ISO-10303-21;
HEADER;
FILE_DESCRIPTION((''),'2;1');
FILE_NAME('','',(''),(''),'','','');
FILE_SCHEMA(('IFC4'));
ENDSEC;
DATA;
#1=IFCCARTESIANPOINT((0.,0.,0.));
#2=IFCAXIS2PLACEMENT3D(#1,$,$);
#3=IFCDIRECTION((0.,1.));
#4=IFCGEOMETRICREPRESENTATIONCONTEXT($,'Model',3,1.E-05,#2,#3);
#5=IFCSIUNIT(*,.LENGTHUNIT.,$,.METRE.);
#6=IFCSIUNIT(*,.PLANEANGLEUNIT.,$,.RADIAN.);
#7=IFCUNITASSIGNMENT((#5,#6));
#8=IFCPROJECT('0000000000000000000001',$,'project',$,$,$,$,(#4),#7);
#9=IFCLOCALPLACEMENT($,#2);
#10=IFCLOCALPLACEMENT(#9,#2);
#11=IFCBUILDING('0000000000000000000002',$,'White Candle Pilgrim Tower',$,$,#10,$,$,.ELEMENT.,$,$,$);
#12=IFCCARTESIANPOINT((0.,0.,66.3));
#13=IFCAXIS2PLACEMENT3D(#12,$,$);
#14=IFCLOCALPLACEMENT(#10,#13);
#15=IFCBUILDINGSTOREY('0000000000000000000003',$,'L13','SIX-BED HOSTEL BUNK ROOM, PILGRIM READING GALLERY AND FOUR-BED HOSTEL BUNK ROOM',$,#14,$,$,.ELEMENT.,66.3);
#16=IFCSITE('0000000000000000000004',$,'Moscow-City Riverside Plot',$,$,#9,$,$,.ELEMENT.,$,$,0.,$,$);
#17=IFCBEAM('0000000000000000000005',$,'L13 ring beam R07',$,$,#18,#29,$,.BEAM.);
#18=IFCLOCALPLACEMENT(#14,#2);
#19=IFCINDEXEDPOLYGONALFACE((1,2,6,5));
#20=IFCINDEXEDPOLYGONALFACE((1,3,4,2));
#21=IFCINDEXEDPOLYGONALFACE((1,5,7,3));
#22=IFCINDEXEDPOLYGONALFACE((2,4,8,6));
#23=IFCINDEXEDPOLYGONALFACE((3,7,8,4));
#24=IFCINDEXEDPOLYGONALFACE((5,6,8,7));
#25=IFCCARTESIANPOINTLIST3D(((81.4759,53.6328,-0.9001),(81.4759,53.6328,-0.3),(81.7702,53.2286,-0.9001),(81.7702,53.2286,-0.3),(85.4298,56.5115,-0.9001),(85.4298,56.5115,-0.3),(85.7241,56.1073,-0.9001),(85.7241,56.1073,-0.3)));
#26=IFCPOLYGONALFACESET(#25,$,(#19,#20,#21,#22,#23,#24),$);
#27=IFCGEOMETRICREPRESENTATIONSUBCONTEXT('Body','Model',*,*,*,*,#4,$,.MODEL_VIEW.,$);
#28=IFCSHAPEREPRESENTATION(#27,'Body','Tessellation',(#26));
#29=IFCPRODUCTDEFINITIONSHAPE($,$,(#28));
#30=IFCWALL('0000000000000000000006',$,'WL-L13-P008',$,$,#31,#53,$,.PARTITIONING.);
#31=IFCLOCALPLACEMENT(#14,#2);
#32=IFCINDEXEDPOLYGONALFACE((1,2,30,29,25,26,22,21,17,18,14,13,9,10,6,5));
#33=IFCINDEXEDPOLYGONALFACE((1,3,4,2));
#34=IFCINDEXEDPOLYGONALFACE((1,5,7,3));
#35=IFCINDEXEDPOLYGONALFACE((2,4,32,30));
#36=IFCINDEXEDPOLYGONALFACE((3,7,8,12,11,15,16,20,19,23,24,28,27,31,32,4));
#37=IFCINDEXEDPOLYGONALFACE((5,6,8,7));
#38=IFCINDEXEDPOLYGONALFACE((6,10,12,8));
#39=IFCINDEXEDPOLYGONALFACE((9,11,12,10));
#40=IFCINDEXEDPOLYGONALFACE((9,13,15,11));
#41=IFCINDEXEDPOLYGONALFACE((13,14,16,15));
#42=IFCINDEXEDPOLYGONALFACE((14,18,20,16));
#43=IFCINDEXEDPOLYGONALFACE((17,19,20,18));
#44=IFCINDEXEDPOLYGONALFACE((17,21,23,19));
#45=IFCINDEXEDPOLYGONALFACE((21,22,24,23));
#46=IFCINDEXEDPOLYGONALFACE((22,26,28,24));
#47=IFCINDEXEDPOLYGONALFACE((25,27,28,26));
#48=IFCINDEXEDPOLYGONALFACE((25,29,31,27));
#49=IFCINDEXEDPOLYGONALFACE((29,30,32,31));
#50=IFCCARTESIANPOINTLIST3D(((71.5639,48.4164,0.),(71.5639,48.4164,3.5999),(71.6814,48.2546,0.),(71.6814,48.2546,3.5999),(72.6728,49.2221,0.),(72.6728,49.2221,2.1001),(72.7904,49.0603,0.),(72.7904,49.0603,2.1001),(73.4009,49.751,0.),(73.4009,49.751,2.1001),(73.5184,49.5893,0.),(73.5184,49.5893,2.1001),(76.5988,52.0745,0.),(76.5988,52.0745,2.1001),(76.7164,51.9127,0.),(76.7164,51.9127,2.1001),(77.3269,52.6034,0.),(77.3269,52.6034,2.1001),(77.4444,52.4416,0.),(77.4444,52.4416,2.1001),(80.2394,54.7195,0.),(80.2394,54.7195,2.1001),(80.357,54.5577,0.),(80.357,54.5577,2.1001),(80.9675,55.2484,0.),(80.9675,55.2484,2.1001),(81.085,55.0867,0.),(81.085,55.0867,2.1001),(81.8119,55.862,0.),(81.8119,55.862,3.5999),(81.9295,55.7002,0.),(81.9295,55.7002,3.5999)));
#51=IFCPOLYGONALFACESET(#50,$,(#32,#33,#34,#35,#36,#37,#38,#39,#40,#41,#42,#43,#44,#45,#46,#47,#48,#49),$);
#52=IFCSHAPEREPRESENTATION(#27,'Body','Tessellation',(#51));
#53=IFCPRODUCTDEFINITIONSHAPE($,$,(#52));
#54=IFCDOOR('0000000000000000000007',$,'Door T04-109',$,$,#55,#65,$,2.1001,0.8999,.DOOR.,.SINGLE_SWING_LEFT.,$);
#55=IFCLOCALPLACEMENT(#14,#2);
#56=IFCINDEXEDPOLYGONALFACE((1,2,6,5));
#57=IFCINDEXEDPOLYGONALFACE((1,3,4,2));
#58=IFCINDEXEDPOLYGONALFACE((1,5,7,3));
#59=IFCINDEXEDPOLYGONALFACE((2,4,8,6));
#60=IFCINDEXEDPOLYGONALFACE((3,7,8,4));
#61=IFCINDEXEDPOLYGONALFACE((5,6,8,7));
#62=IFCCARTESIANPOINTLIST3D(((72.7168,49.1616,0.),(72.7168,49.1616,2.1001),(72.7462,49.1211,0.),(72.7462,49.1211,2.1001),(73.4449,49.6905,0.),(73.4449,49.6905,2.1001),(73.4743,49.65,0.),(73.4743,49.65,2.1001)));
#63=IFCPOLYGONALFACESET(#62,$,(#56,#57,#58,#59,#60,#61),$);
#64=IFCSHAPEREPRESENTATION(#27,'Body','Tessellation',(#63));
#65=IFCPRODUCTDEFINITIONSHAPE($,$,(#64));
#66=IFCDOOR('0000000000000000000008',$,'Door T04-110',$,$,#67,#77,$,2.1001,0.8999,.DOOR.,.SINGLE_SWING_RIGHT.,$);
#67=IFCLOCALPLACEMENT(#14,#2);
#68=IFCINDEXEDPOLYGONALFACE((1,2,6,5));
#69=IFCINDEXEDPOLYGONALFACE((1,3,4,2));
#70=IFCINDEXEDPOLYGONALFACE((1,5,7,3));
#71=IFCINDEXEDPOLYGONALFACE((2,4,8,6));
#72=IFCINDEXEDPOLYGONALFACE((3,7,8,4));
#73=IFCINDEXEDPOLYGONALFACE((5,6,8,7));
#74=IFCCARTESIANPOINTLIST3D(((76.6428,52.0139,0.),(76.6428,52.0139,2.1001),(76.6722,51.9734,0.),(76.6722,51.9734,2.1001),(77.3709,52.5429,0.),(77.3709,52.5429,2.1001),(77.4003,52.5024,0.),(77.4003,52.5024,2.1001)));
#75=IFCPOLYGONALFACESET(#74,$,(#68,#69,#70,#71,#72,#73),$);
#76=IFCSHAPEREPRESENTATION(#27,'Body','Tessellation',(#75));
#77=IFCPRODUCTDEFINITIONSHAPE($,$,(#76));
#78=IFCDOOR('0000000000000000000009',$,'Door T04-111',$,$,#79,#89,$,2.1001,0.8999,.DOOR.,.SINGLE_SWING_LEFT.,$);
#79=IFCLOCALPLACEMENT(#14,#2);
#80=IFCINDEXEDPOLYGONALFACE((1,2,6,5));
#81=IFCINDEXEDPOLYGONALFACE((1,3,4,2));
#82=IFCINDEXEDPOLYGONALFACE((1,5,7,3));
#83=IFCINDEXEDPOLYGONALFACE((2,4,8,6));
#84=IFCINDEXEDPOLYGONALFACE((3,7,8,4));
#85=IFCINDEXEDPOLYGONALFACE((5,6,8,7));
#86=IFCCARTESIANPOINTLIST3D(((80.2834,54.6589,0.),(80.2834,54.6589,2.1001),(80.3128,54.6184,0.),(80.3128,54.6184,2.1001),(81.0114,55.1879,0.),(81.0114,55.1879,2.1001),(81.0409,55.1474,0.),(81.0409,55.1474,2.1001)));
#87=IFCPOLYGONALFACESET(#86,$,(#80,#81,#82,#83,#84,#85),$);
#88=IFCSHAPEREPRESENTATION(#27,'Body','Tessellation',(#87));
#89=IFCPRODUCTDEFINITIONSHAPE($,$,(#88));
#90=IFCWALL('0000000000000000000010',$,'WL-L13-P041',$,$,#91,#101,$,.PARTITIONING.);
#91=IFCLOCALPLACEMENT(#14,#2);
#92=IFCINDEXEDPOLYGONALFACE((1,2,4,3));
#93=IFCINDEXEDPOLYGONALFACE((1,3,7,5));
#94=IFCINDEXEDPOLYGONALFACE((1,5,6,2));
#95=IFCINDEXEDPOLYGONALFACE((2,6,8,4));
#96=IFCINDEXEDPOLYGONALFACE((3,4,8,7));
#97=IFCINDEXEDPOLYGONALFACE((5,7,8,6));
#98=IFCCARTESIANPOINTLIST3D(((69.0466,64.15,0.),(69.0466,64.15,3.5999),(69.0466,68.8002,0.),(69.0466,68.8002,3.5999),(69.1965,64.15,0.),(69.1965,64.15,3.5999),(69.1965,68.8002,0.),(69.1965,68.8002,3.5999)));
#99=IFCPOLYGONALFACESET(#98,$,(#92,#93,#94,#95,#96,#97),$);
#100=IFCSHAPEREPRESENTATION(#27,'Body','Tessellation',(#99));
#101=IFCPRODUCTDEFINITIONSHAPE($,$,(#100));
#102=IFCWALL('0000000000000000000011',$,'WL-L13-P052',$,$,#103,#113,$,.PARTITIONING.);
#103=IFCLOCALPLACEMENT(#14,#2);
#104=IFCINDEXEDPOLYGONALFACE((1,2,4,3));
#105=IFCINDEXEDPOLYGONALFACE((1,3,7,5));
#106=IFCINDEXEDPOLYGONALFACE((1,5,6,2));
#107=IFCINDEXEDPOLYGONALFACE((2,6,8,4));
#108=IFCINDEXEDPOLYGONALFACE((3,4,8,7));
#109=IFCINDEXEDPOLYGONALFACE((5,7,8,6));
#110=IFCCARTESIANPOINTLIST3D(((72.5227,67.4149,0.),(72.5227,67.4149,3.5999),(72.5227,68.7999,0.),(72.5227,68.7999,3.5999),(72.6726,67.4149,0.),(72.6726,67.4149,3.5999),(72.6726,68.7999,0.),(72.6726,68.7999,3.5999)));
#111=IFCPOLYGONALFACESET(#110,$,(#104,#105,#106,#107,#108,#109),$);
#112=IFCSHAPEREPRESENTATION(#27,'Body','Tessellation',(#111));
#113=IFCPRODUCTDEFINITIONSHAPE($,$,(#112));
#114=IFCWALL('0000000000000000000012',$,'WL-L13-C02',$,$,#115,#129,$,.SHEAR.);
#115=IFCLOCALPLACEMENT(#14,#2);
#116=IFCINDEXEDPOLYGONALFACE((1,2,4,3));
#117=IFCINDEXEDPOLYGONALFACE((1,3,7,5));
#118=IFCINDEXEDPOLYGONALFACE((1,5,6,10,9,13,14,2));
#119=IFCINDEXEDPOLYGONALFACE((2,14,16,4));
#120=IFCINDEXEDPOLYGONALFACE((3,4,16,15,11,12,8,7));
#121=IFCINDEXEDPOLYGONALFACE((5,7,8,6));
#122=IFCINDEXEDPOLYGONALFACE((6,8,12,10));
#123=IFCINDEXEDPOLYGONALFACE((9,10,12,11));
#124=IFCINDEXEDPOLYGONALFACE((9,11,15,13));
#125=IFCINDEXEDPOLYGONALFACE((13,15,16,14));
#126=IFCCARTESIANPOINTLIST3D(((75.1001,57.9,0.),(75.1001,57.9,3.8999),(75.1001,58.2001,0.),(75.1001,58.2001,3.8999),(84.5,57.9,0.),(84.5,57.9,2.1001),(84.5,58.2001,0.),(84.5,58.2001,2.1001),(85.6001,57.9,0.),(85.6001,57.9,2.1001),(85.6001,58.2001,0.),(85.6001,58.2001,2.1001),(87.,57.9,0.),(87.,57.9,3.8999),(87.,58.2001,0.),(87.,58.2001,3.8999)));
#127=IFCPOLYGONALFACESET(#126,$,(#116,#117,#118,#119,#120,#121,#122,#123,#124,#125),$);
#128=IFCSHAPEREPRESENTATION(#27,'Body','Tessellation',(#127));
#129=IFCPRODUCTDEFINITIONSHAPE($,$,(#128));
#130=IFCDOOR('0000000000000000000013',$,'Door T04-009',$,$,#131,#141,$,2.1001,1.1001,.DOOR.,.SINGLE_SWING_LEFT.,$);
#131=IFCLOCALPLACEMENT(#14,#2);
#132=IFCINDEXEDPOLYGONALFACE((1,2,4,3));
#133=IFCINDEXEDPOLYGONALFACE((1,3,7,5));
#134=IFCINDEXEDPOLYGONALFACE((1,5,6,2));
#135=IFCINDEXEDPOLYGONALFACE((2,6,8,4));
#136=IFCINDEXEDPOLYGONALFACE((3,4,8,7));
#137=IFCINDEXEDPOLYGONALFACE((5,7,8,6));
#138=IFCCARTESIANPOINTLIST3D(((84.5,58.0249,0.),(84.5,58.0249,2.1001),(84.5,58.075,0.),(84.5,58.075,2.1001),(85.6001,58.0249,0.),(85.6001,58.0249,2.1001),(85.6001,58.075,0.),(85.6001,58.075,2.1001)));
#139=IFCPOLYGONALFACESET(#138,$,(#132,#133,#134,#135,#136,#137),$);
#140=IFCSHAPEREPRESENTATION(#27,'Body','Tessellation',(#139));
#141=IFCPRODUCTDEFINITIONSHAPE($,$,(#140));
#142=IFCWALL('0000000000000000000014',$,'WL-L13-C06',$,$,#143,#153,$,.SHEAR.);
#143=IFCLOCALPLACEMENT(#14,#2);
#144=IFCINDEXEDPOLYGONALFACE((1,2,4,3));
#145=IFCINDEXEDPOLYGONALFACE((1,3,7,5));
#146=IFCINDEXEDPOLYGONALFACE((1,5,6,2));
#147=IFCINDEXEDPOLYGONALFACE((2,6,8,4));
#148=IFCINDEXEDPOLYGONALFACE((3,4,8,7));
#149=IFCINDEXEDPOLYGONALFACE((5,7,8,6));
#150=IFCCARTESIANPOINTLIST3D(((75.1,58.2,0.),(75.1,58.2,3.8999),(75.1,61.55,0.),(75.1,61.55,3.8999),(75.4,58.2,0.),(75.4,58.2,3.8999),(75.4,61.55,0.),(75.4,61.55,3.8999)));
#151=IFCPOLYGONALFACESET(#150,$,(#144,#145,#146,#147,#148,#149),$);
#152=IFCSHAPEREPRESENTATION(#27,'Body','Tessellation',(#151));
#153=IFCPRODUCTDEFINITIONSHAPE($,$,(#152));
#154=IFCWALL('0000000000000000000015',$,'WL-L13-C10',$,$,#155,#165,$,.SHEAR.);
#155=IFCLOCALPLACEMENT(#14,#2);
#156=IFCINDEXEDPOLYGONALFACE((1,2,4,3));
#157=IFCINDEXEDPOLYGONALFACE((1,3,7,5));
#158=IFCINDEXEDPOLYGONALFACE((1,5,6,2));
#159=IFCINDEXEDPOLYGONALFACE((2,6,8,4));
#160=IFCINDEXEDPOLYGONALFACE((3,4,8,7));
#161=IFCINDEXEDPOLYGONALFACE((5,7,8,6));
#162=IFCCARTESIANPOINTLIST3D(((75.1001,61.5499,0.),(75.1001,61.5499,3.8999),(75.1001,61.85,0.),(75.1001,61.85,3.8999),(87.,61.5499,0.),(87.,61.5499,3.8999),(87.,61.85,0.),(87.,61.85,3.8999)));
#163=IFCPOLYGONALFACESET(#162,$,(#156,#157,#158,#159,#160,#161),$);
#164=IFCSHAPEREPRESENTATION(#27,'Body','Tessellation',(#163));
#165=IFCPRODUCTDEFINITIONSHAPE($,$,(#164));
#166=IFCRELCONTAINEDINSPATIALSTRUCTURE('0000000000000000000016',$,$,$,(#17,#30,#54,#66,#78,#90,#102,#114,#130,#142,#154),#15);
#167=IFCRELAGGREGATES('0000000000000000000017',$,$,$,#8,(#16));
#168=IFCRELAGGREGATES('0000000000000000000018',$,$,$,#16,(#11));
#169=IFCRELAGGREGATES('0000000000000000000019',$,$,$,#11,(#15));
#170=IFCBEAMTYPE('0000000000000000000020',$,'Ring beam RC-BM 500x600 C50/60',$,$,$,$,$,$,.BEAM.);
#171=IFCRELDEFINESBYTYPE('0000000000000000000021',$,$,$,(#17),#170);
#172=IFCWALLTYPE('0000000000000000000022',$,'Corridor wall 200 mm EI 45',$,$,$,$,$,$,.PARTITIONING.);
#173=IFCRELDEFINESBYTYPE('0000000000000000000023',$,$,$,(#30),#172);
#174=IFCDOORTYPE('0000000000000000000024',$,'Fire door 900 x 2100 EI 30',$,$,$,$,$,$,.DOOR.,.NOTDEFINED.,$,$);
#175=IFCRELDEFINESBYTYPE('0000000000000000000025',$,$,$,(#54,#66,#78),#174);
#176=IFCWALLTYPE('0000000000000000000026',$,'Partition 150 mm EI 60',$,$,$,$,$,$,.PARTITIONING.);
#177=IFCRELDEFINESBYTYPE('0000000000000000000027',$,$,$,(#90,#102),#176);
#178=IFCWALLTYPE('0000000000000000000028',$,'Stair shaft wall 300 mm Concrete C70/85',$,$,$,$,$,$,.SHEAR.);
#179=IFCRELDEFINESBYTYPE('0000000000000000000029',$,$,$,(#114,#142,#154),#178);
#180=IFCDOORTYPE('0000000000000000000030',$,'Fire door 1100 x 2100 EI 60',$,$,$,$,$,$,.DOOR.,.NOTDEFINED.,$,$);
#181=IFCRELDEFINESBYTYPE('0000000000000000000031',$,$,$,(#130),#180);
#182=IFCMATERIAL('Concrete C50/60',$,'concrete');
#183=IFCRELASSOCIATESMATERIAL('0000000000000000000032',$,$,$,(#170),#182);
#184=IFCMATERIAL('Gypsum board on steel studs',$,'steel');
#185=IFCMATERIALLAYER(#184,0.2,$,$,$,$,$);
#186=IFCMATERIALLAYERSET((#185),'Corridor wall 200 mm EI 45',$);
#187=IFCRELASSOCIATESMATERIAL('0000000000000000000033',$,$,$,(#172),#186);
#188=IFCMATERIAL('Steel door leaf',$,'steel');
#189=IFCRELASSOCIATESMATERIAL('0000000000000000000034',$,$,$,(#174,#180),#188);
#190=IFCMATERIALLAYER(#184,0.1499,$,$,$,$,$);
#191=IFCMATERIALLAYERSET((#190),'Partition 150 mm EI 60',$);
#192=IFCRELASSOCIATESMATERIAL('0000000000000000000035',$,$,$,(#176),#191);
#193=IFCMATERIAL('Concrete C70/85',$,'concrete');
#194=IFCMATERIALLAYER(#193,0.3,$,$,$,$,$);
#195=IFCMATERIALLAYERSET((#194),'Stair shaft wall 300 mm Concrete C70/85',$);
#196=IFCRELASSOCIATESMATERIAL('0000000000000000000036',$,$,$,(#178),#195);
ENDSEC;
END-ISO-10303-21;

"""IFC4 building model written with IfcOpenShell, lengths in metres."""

from ifc_helpers import new_model, si_unit, direction, frame, frame_2d, origin, origin_2d, place, context, subcontext, project, spatial, rectangle, extrude, material, layer, layer_set, material_profile, profile_set, type_object, element, fill, save


model = new_model("IFC4")

# Units and contexts
model_context = context("Model", 3, precision=1e-05, world=origin(), true_north=direction((0.0, 1.0)))
body_context = subcontext(model_context, "Body", "Model", "MODEL_VIEW")
ifc_project = project(units=[si_unit("LENGTHUNIT", "METRE"), si_unit("PLANEANGLEUNIT", "RADIAN")], contexts=[model_context])

# Site, building, storey
site_placement = place(None, origin())
site = spatial("IfcSite", under=ifc_project, at=site_placement, Name="Moscow-City Riverside Plot", CompositionType="ELEMENT", RefElevation=0.0)
building_placement = place(site_placement, origin())
building = spatial("IfcBuilding", under=site, at=building_placement, Name="White Candle Pilgrim Tower", CompositionType="ELEMENT")
storey_placement = place(building_placement, frame((0.0, 0.0, 66.3)))
storey = spatial("IfcBuildingStorey", under=building, at=storey_placement, Name="L13", Description="SIX-BED HOSTEL BUNK ROOM, PILGRIM READING GALLERY AND FOUR-BED HOSTEL BUNK ROOM", CompositionType="ELEMENT", Elevation=66.3)

# Beam
ifc_material_1 = material(Name="Concrete C50/60", Category="concrete")
ifc_material_profile_1 = material_profile(ifc_material_1, rectangle(XDim=0.5, YDim=0.6001, at=origin_2d()), Name="RC-BM 500x600")
ifc_profile_set_1 = profile_set([ifc_material_profile_1], Name="Concrete C50/60")
beam_type = type_object("IfcBeamType", Name="Ring beam RC-BM 500x600 C50/60", PredefinedType="BEAM", material=ifc_profile_set_1)
beam_placement = place(storey_placement, frame((81.623, 53.4307, -0.6001), z_axis=(0.808432, 0.58859, 0.0), x_axis=(-0.58859, 0.808432, 0.0)))
element("IfcBeam", 1, at=beam_placement, inside=storey, type_object=beam_type, Name="L13 ring beam R07", PredefinedType="BEAM", context=body_context, shape_type="SweptSolid", body=[
    extrude(rectangle(XDim=0.5, YDim=0.6001, at=origin_2d()), origin(), (0.0, 0.0, 1.0), 4.8909),
])

# Wall, openings, doors
ifc_material_2 = material(Name="Gypsum board on steel studs", Category="steel")
ifc_layer_1 = layer(ifc_material_2, 0.2)
ifc_layer_set_1 = layer_set([ifc_layer_1], Name="Corridor wall 200 mm EI 45")
wall_type_1 = type_object("IfcWallType", Name="Corridor wall 200 mm EI 45", PredefinedType="PARTITIONING", material=ifc_layer_set_1)
wall_1_placement = place(storey_placement, frame((81.8706, 55.781, 0.0), z_axis=(0.0, 0.0, 1.0), x_axis=(-0.80902, -0.587781, 0.0)))
wall_1 = element("IfcWall", 2, at=wall_1_placement, inside=storey, type_object=wall_type_1, Name="WL-L13-P008", PredefinedType="PARTITIONING", context=body_context, shape_type="SweptSolid", body=[
    extrude(rectangle(XDim=12.6672, YDim=0.2, at=frame_2d((6.3335, 0.0))), origin(), (0.0, 0.0, 1.0), 3.5999),
])
opening_1_placement = place(wall_1_placement, frame((10.3965, 0.0, 0.0)))
opening_1 = element("IfcOpeningElement", 3, at=opening_1_placement, cuts=wall_1, PredefinedType="OPENING", context=body_context, shape_type="SweptSolid", body=[
    extrude(rectangle(XDim=0.8999, YDim=2.1001, at=frame_2d((0.45, 1.05))), frame((0.0, 0.1099, 0.0), z_axis=(0.0, -1.0, 0.0), x_axis=(1.0, 0.0, 0.0)), (0.0, 0.0, 1.0), 0.22),
])
opening_2_placement = place(wall_1_placement, frame((5.5437, 0.0, 0.0)))
opening_2 = element("IfcOpeningElement", 4, at=opening_2_placement, cuts=wall_1, PredefinedType="OPENING", context=body_context, shape_type="SweptSolid", body=[
    extrude(rectangle(XDim=0.8999, YDim=2.1001, at=frame_2d((0.45, 1.05))), frame((0.0, 0.1099, 0.0), z_axis=(0.0, -1.0, 0.0), x_axis=(1.0, 0.0, 0.0)), (0.0, 0.0, 1.0), 0.22),
])
opening_3_placement = place(wall_1_placement, frame((1.0437, 0.0, 0.0)))
opening_3 = element("IfcOpeningElement", 5, at=opening_3_placement, cuts=wall_1, PredefinedType="OPENING", context=body_context, shape_type="SweptSolid", body=[
    extrude(rectangle(XDim=0.8999, YDim=2.1001, at=frame_2d((0.45, 1.05))), frame((0.0, 0.1099, 0.0), z_axis=(0.0, -1.0, 0.0), x_axis=(1.0, 0.0, 0.0)), (0.0, 0.0, 1.0), 0.22),
])
ifc_material_3 = material(Name="Steel door leaf", Category="steel")
door_type_1 = type_object("IfcDoorType", Name="Fire door 900 x 2100 EI 30", OperationType="NOTDEFINED", PredefinedType="DOOR", material=ifc_material_3)
door_1_placement = place(opening_1_placement, origin())
door_1 = element("IfcDoor", 6, at=door_1_placement, inside=storey, type_object=door_type_1, Name="Door T04-109", OperationType="SINGLE_SWING_LEFT", OverallHeight=2.1001, OverallWidth=0.8999, PredefinedType="DOOR", context=body_context, shape_type="SweptSolid", body=[
    extrude(rectangle(XDim=0.8999, YDim=2.1001, at=frame_2d((0.45, 1.05))), frame((0.0, 0.0249, 0.0), z_axis=(0.0, -1.0, 0.0), x_axis=(1.0, 0.0, 0.0)), (0.0, 0.0, 1.0), 0.05),
])
fill(opening_1, door_1)
door_2_placement = place(opening_2_placement, origin())
door_2 = element("IfcDoor", 7, at=door_2_placement, inside=storey, type_object=door_type_1, Name="Door T04-110", OperationType="SINGLE_SWING_RIGHT", OverallHeight=2.1001, OverallWidth=0.8999, PredefinedType="DOOR", context=body_context, shape_type="SweptSolid", body=[
    extrude(rectangle(XDim=0.8999, YDim=2.1001, at=frame_2d((0.45, 1.05))), frame((0.0, 0.0249, 0.0), z_axis=(0.0, -1.0, 0.0), x_axis=(1.0, 0.0, 0.0)), (0.0, 0.0, 1.0), 0.05),
])
fill(opening_2, door_2)
door_3_placement = place(opening_3_placement, origin())
door_3 = element("IfcDoor", 8, at=door_3_placement, inside=storey, type_object=door_type_1, Name="Door T04-111", OperationType="SINGLE_SWING_LEFT", OverallHeight=2.1001, OverallWidth=0.8999, PredefinedType="DOOR", context=body_context, shape_type="SweptSolid", body=[
    extrude(rectangle(XDim=0.8999, YDim=2.1001, at=frame_2d((0.45, 1.05))), frame((0.0, 0.0249, 0.0), z_axis=(0.0, -1.0, 0.0), x_axis=(1.0, 0.0, 0.0)), (0.0, 0.0, 1.0), 0.05),
])
fill(opening_3, door_3)

# Walls
ifc_layer_2 = layer(ifc_material_2, 0.1499)
ifc_layer_set_2 = layer_set([ifc_layer_2], Name="Partition 150 mm EI 60")
wall_type_2 = type_object("IfcWallType", Name="Partition 150 mm EI 60", PredefinedType="PARTITIONING", material=ifc_layer_set_2)
wall_2_placement = place(storey_placement, frame((69.1216, 64.1499, 0.0), z_axis=(0.0, 0.0, 1.0), x_axis=(0.0, 1.0, 0.0)))
element("IfcWall", 9, at=wall_2_placement, inside=storey, type_object=wall_type_2, Name="WL-L13-P041", PredefinedType="PARTITIONING", context=body_context, shape_type="SweptSolid", body=[
    extrude(rectangle(XDim=4.6501, YDim=0.1499, at=frame_2d((2.3252, 0.0))), origin(), (0.0, 0.0, 1.0), 3.5999),
])
wall_3_placement = place(storey_placement, frame((72.5977, 67.415, 0.0), z_axis=(0.0, 0.0, 1.0), x_axis=(0.0, 1.0, 0.0)))
element("IfcWall", 10, at=wall_3_placement, inside=storey, type_object=wall_type_2, Name="WL-L13-P052", PredefinedType="PARTITIONING", context=body_context, shape_type="SweptSolid", body=[
    extrude(rectangle(XDim=1.385, YDim=0.1499, at=frame_2d((0.6924, 0.0))), origin(), (0.0, 0.0, 1.0), 3.5999),
])

# Wall, opening, door
ifc_material_4 = material(Name="Concrete C70/85", Category="concrete")
ifc_layer_3 = layer(ifc_material_4, 0.3)
ifc_layer_set_3 = layer_set([ifc_layer_3], Name="Stair shaft wall 300 mm Concrete C70/85")
wall_type_3 = type_object("IfcWallType", Name="Stair shaft wall 300 mm Concrete C70/85", PredefinedType="SHEAR", material=ifc_layer_set_3)
wall_4_placement = place(storey_placement, frame((75.1001, 58.05, 0.0), z_axis=(0.0, 0.0, 1.0), x_axis=(1.0, 0.0, 0.0)))
wall_4 = element("IfcWall", 11, at=wall_4_placement, inside=storey, type_object=wall_type_3, Name="WL-L13-C02", PredefinedType="SHEAR", context=body_context, shape_type="SweptSolid", body=[
    extrude(rectangle(XDim=11.8999, YDim=0.3, at=frame_2d((5.95, 0.0))), origin(), (0.0, 0.0, 1.0), 3.8999),
])
opening_4_placement = place(wall_4_placement, frame((9.3999, 0.0, 0.0)))
opening_4 = element("IfcOpeningElement", 12, at=opening_4_placement, cuts=wall_4, PredefinedType="OPENING", context=body_context, shape_type="SweptSolid", body=[
    extrude(rectangle(XDim=1.1001, YDim=2.1001, at=frame_2d((0.55, 1.05))), frame((0.0, 0.1599, 0.0), z_axis=(0.0, -1.0, 0.0), x_axis=(1.0, 0.0, 0.0)), (0.0, 0.0, 1.0), 0.3201),
])
door_type_2 = type_object("IfcDoorType", Name="Fire door 1100 x 2100 EI 60", OperationType="NOTDEFINED", PredefinedType="DOOR", material=ifc_material_3)
door_4_placement = place(opening_4_placement, origin())
door_4 = element("IfcDoor", 13, at=door_4_placement, inside=storey, type_object=door_type_2, Name="Door T04-009", OperationType="SINGLE_SWING_LEFT", OverallHeight=2.1001, OverallWidth=1.1001, PredefinedType="DOOR", context=body_context, shape_type="SweptSolid", body=[
    extrude(rectangle(XDim=1.1001, YDim=2.1001, at=frame_2d((0.55, 1.05))), frame((0.0, 0.0249, 0.0), z_axis=(0.0, -1.0, 0.0), x_axis=(1.0, 0.0, 0.0)), (0.0, 0.0, 1.0), 0.05),
])
fill(opening_4, door_4)

# Walls
wall_5_placement = place(storey_placement, frame((75.25, 58.2, 0.0), z_axis=(0.0, 0.0, 1.0), x_axis=(0.0, 1.0, 0.0)))
element("IfcWall", 14, at=wall_5_placement, inside=storey, type_object=wall_type_3, Name="WL-L13-C06", PredefinedType="SHEAR", context=body_context, shape_type="SweptSolid", body=[
    extrude(rectangle(XDim=3.3501, YDim=0.3, at=frame_2d((1.675, 0.0))), origin(), (0.0, 0.0, 1.0), 3.8999),
])
wall_6_placement = place(storey_placement, frame((75.1001, 61.7, 0.0), z_axis=(0.0, 0.0, 1.0), x_axis=(1.0, 0.0, 0.0)))
element("IfcWall", 15, at=wall_6_placement, inside=storey, type_object=wall_type_3, Name="WL-L13-C10", PredefinedType="SHEAR", context=body_context, shape_type="SweptSolid", body=[
    extrude(rectangle(XDim=11.8999, YDim=0.3, at=frame_2d((5.95, 0.0))), origin(), (0.0, 0.0, 1.0), 3.8999),
])

save(model, "model.ifc")
